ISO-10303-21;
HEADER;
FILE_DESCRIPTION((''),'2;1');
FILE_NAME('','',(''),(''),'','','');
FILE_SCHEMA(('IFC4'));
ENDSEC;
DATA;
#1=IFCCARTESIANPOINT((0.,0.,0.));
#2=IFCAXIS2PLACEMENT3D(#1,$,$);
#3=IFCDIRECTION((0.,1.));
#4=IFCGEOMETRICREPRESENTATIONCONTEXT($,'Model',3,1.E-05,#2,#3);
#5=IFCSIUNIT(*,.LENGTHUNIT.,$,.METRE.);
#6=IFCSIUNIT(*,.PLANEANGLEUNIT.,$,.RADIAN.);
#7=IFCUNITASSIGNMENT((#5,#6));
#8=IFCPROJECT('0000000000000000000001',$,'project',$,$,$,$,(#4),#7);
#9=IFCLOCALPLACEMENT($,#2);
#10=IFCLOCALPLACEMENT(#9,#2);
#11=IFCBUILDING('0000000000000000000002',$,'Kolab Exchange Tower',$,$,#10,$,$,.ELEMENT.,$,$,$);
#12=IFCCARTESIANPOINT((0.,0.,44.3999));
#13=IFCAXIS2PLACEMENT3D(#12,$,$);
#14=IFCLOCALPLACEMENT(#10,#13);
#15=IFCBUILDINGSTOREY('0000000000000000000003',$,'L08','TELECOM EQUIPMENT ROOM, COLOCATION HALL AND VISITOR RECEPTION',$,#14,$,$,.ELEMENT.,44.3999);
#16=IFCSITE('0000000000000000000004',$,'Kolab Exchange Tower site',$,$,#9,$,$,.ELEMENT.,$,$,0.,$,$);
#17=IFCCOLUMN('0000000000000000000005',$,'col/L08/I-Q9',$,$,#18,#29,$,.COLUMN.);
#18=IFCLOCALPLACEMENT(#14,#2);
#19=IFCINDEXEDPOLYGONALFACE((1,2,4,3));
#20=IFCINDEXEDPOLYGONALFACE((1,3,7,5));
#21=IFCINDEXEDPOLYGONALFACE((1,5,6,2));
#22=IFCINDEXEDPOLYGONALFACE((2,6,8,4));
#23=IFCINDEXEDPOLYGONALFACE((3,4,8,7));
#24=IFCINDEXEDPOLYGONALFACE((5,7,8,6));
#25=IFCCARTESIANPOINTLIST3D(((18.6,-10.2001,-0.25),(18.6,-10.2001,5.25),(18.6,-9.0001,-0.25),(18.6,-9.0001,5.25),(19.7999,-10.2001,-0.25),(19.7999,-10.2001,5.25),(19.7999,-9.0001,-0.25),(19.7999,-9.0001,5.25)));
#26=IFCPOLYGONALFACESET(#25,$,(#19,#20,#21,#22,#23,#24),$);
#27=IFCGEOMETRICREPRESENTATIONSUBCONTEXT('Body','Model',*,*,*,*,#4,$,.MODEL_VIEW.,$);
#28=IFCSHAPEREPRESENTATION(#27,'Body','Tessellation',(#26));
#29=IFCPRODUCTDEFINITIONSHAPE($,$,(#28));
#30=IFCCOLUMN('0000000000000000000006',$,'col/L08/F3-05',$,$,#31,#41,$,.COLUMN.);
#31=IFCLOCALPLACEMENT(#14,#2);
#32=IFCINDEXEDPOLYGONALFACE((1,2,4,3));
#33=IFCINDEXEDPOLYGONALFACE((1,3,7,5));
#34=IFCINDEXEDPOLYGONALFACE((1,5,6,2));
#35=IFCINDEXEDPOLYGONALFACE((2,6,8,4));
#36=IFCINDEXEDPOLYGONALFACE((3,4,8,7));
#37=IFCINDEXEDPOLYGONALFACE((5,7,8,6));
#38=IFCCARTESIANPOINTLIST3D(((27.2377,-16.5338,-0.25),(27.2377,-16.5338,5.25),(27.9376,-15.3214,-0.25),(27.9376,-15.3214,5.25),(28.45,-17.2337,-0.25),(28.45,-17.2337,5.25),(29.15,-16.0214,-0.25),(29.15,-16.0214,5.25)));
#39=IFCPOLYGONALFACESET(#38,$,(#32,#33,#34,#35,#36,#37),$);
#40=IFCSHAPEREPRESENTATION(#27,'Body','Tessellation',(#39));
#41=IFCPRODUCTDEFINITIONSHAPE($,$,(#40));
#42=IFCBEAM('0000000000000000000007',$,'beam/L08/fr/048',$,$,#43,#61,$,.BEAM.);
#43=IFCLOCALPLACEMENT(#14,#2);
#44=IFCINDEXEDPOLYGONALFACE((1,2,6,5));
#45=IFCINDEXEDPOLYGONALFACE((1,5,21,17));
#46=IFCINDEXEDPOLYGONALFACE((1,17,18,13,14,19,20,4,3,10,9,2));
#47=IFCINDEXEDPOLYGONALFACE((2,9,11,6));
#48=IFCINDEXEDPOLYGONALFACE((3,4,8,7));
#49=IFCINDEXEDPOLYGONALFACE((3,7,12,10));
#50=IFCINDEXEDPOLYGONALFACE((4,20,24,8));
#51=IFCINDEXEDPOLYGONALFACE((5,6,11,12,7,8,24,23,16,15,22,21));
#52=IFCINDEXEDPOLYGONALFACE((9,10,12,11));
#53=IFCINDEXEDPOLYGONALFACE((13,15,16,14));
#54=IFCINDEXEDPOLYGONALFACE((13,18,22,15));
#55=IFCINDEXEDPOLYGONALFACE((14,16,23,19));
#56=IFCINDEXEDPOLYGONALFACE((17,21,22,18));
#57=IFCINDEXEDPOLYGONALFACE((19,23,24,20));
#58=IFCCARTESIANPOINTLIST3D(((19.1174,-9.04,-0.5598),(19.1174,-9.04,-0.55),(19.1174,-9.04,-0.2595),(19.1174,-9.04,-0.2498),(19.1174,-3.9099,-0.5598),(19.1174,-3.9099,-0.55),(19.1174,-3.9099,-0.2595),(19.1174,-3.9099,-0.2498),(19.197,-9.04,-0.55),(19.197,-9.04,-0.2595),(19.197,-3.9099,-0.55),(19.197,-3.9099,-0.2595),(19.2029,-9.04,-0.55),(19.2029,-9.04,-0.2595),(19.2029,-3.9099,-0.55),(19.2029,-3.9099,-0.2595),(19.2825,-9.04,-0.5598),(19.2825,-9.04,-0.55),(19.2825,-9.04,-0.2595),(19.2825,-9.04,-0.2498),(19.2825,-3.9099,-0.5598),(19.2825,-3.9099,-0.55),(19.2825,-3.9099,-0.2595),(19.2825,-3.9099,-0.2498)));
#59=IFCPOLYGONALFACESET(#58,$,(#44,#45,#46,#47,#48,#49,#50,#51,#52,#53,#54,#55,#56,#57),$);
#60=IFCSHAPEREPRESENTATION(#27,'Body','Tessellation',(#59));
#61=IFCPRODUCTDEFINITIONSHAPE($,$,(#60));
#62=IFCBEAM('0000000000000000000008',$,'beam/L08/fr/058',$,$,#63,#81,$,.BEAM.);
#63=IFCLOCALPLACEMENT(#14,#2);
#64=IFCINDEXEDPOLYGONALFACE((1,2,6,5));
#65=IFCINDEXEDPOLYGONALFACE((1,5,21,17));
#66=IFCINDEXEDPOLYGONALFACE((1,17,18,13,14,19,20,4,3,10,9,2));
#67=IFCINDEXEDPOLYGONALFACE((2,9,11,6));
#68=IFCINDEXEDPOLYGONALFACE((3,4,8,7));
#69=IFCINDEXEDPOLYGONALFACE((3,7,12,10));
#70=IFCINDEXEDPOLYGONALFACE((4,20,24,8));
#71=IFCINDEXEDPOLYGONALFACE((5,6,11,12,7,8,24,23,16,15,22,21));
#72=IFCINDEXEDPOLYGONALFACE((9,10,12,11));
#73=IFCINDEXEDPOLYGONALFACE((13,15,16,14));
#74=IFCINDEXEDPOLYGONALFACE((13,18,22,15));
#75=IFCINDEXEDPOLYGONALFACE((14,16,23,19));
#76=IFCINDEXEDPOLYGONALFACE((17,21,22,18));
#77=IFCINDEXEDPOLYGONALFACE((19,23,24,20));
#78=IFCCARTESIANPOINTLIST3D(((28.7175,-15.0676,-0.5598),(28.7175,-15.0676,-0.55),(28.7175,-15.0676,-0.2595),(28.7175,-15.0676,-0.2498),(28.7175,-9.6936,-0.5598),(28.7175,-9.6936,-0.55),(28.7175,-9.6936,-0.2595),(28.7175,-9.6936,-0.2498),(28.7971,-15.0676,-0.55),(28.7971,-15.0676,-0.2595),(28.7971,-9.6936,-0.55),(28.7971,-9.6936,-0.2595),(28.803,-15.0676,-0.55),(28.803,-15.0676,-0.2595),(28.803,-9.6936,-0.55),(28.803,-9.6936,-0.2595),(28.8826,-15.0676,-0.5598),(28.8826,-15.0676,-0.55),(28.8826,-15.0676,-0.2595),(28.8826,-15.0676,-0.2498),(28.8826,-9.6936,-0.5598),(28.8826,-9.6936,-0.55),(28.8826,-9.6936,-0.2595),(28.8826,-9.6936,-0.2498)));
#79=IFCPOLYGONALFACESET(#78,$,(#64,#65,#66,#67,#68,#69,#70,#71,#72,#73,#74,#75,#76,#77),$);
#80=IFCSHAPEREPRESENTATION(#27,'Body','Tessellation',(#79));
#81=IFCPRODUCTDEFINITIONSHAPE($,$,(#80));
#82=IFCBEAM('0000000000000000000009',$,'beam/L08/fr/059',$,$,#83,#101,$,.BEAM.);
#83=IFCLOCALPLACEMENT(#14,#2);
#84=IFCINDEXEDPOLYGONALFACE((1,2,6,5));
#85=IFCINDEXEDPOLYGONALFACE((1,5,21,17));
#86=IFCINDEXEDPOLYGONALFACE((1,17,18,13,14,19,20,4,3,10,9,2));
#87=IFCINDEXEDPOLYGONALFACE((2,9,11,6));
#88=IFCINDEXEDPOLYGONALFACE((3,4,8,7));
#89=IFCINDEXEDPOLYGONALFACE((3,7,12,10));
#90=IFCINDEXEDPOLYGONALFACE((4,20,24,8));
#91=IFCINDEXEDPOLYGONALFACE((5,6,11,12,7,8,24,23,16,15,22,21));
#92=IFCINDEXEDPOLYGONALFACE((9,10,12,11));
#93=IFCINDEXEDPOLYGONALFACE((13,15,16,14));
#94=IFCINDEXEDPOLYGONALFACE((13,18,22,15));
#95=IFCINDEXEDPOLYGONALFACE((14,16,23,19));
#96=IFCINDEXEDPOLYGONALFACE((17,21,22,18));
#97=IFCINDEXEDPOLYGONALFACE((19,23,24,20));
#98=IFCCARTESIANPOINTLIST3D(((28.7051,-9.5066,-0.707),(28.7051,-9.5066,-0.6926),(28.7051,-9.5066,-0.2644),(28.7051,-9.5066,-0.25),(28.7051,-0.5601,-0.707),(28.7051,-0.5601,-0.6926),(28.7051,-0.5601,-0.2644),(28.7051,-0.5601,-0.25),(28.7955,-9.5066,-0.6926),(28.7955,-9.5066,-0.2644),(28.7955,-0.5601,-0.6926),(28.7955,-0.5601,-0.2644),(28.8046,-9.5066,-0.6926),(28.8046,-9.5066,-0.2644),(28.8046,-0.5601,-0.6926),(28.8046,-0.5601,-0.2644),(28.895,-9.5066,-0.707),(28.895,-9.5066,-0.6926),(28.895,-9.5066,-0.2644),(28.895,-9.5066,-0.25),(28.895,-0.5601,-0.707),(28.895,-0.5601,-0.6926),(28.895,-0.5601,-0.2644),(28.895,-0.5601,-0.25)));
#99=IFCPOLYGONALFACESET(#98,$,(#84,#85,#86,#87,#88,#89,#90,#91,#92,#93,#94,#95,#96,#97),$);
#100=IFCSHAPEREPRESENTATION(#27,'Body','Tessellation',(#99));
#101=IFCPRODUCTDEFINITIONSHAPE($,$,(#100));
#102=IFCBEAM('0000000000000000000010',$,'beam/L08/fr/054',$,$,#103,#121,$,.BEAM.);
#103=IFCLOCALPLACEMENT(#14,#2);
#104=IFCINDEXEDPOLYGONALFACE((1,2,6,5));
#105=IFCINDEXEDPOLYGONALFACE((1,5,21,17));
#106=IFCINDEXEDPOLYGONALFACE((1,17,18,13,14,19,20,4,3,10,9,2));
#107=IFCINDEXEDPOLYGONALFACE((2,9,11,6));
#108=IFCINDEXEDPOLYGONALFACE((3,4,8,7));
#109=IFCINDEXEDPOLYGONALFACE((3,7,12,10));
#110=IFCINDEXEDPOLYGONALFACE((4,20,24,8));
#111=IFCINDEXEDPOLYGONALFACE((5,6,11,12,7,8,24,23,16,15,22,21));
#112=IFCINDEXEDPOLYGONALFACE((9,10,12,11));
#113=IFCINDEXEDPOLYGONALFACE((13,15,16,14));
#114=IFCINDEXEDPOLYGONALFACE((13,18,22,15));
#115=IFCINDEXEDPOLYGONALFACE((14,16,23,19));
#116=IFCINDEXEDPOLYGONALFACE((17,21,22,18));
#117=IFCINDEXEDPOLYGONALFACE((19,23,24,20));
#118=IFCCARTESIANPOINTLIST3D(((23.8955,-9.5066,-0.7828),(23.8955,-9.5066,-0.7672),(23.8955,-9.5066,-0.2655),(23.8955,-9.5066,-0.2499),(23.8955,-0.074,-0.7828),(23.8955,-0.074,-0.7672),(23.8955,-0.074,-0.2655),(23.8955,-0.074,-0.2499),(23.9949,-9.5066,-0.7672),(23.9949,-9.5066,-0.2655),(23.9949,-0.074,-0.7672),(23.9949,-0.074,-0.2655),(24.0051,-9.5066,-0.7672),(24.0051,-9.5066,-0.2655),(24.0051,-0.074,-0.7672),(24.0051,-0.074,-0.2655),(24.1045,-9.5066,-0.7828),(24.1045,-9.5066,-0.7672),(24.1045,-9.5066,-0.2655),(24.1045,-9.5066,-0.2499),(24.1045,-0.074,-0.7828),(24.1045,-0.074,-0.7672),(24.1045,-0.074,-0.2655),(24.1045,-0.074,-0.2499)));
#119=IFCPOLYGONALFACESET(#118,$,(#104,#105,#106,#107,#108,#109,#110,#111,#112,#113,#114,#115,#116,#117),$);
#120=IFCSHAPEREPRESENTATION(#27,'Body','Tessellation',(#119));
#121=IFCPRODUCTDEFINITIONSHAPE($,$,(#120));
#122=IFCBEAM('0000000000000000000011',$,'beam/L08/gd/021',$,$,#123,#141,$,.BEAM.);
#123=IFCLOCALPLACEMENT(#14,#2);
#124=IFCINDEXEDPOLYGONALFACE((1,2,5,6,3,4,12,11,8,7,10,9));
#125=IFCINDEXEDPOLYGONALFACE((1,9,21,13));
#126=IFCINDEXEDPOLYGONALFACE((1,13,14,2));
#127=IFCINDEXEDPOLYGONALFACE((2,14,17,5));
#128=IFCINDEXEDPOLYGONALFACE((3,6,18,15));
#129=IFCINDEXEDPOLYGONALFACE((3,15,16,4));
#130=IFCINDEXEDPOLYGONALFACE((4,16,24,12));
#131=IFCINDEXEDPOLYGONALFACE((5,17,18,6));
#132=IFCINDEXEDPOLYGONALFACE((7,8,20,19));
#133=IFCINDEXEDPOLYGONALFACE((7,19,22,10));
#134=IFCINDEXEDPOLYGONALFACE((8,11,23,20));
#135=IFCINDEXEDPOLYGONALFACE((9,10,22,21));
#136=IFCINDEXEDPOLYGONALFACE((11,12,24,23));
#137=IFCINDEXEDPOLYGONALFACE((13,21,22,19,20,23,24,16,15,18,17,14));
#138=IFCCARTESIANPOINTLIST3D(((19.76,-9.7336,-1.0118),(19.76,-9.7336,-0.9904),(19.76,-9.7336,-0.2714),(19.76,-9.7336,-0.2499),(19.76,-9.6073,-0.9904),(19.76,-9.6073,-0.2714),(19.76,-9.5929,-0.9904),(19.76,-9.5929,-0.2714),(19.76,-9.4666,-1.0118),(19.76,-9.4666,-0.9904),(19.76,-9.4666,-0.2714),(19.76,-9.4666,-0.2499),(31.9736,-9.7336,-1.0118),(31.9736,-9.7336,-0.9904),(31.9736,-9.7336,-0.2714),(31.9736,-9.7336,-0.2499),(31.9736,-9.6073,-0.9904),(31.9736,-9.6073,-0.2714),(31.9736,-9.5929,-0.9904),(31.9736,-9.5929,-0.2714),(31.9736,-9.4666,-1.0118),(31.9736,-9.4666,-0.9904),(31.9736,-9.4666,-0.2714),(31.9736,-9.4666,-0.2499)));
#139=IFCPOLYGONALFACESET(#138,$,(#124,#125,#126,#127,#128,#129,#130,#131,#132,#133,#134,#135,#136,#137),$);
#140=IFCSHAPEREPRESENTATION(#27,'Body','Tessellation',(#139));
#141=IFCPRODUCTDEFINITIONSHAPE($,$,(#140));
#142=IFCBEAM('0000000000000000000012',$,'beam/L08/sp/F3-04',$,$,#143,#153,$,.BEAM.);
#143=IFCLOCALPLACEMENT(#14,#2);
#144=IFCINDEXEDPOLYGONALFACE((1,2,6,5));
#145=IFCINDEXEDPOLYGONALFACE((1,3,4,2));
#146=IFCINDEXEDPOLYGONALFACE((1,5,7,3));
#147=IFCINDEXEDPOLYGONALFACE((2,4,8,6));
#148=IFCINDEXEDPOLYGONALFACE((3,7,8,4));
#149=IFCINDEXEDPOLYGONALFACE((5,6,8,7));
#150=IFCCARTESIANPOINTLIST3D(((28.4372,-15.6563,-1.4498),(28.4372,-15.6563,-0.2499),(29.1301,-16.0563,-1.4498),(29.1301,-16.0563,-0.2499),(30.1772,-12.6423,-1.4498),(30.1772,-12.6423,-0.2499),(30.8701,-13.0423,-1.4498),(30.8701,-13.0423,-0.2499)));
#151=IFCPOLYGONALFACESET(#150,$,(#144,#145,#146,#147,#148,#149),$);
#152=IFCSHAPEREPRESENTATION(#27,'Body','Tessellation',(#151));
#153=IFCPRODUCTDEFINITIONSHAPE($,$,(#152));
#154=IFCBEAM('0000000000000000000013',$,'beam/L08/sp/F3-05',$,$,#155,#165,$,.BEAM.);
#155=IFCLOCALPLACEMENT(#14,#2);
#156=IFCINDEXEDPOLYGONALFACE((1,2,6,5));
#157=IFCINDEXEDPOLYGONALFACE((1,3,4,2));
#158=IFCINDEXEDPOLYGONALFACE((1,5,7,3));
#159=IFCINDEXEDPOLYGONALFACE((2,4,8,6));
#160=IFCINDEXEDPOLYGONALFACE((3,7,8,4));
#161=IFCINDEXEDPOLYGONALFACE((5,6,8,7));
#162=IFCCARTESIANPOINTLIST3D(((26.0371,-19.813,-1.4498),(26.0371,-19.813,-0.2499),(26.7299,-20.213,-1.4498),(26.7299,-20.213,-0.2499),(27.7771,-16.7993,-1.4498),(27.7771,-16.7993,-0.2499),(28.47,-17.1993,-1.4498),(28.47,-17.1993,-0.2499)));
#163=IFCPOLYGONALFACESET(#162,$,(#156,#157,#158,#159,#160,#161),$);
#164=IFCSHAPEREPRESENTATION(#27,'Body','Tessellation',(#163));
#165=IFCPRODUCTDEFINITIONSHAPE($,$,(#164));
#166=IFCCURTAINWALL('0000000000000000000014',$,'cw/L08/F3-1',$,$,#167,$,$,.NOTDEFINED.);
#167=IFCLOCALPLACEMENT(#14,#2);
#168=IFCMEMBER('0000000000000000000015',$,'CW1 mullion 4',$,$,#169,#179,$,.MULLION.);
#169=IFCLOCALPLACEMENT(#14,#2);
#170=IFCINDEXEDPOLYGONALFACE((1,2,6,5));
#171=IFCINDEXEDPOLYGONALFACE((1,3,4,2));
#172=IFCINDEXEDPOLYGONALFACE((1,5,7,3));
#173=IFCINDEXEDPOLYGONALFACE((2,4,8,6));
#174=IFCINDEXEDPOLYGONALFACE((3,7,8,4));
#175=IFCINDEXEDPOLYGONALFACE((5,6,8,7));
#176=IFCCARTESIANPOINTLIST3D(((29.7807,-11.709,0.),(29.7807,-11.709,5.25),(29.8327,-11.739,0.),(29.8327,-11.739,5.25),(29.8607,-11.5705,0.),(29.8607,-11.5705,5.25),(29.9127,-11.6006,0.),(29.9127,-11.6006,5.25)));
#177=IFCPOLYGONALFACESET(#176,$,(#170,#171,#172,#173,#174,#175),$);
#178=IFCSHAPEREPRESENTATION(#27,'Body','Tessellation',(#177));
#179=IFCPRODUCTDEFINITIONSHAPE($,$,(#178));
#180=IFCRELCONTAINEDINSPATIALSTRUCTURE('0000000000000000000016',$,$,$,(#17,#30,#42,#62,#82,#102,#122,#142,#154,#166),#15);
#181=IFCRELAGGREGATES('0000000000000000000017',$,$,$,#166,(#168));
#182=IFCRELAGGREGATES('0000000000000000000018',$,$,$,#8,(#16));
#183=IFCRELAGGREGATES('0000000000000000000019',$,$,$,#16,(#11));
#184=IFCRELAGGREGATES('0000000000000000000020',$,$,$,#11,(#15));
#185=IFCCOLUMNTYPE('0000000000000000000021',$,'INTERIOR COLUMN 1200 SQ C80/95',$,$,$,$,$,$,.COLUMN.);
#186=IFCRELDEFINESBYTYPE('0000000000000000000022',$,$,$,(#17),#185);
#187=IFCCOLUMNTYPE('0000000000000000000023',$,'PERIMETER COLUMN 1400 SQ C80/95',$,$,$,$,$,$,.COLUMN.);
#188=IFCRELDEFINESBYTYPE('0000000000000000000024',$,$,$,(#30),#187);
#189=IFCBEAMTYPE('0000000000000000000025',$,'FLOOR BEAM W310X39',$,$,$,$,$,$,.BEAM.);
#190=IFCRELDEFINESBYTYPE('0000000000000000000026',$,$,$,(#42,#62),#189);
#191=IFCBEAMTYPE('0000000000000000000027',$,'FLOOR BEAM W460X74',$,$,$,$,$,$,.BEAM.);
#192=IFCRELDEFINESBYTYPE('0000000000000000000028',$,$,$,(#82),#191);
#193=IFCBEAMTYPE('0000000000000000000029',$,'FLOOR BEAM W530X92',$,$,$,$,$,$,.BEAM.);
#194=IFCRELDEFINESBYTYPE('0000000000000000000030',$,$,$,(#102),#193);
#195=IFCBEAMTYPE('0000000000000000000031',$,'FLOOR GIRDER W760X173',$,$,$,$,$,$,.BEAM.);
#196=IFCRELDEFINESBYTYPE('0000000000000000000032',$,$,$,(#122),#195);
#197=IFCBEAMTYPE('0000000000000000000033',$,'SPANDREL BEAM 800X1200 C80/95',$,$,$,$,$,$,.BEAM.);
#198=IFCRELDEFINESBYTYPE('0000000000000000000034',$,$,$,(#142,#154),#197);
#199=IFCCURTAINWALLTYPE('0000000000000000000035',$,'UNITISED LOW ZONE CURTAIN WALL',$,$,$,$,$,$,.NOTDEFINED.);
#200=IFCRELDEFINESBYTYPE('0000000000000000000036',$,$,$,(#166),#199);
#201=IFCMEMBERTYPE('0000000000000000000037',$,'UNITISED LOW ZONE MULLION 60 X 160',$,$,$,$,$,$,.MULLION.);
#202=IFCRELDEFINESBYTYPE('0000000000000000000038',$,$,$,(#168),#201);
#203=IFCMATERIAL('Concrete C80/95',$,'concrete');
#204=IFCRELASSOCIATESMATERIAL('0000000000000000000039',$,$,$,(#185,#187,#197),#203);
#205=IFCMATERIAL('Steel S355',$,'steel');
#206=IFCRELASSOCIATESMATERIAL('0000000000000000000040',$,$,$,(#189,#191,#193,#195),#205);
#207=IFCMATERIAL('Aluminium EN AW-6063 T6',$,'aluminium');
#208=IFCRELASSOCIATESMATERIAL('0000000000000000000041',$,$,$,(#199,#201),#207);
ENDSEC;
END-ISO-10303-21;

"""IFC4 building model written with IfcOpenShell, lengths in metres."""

from ifc_helpers import new_model, si_unit, direction, frame, origin, origin_2d, place, context, subcontext, project, spatial, rectangle, i_section, extrude, material, material_profile, profile_set, type_object, element, aggregate, save


model = new_model("IFC4")

# Units and contexts
model_context = context("Model", 3, precision=1e-05, world=origin(), true_north=direction((0.0, 1.0)))
body_context = subcontext(model_context, "Body", "Model", "MODEL_VIEW")
ifc_project = project(units=[si_unit("LENGTHUNIT", "METRE"), si_unit("PLANEANGLEUNIT", "RADIAN")], contexts=[model_context])

# Site, building, storey
site_placement = place(None, origin())
site = spatial("IfcSite", under=ifc_project, at=site_placement, Name="Kolab Exchange Tower site", CompositionType="ELEMENT", RefElevation=0.0)
building_placement = place(site_placement, origin())
building = spatial("IfcBuilding", under=site, at=building_placement, Name="Kolab Exchange Tower", CompositionType="ELEMENT")
storey_placement = place(building_placement, frame((0.0, 0.0, 44.3999)))
storey = spatial("IfcBuildingStorey", under=building, at=storey_placement, Name="L08", Description="TELECOM EQUIPMENT ROOM, COLOCATION HALL AND VISITOR RECEPTION", CompositionType="ELEMENT", Elevation=44.3999)

# Columns
ifc_material_1 = material(Name="Concrete C80/95", Category="concrete")
ifc_material_profile_1 = material_profile(ifc_material_1, rectangle(XDim=1.2, YDim=1.2, at=origin_2d()), Name="RC1200")
ifc_profile_set_1 = profile_set([ifc_material_profile_1], Name="Concrete C80/95")
column_type_1 = type_object("IfcColumnType", Name="INTERIOR COLUMN 1200 SQ C80/95", PredefinedType="COLUMN", material=ifc_profile_set_1)
column_1_placement = place(storey_placement, frame((19.2, -9.6001, -0.25), z_axis=(0.0, 0.0, 1.0), x_axis=(1.0, 0.0, 0.0)))
element("IfcColumn", 1, at=column_1_placement, inside=storey, type_object=column_type_1, Name="col/L08/I-Q9", PredefinedType="COLUMN", context=body_context, shape_type="SweptSolid", body=[
    extrude(rectangle(XDim=1.2, YDim=1.2, at=origin_2d()), origin(), (0.0, 0.0, 1.0), 5.5),
])
ifc_material_profile_2 = material_profile(ifc_material_1, rectangle(XDim=1.3999, YDim=1.3999, at=origin_2d()), Name="RC1400")
ifc_profile_set_2 = profile_set([ifc_material_profile_2], Name="Concrete C80/95")
column_type_2 = type_object("IfcColumnType", Name="PERIMETER COLUMN 1400 SQ C80/95", PredefinedType="COLUMN", material=ifc_profile_set_2)
column_2_placement = place(storey_placement, frame((28.1938, -16.2776, -0.25), z_axis=(0.0, 0.0, 1.0), x_axis=(0.5, 0.866025, 0.0)))
element("IfcColumn", 2, at=column_2_placement, inside=storey, type_object=column_type_2, Name="col/L08/F3-05", PredefinedType="COLUMN", context=body_context, shape_type="SweptSolid", body=[
    extrude(rectangle(XDim=1.3999, YDim=1.3999, at=origin_2d()), origin(), (0.0, 0.0, 1.0), 5.5),
])

# Beams
ifc_material_2 = material(Name="Steel S355", Category="steel")
ifc_material_profile_3 = material_profile(ifc_material_2, i_section(OverallWidth=0.165, OverallDepth=0.3101, WebThickness=0.0059, FlangeThickness=0.0098, at=origin_2d()), Name="W310X39")
ifc_profile_set_3 = profile_set([ifc_material_profile_3], Name="Steel S355")
beam_type_1 = type_object("IfcBeamType", Name="FLOOR BEAM W310X39", PredefinedType="BEAM", material=ifc_profile_set_3)
beam_1_placement = place(storey_placement, frame((19.2, -9.04, -0.4048), z_axis=(0.0, 1.0, 0.0), x_axis=(-1.0, 0.0, 0.0)))
element("IfcBeam", 3, at=beam_1_placement, inside=storey, type_object=beam_type_1, Name="beam/L08/fr/048", PredefinedType="BEAM", context=body_context, shape_type="SweptSolid", body=[
    extrude(i_section(OverallWidth=0.165, OverallDepth=0.3101, WebThickness=0.0059, FlangeThickness=0.0098, at=origin_2d()), origin(), (0.0, 0.0, 1.0), 5.1301),
])
beam_2_placement = place(storey_placement, frame((28.8, -15.0676, -0.4048), z_axis=(0.0, 1.0, 0.0), x_axis=(-1.0, 0.0, 0.0)))
element("IfcBeam", 4, at=beam_2_placement, inside=storey, type_object=beam_type_1, Name="beam/L08/fr/058", PredefinedType="BEAM", context=body_context, shape_type="SweptSolid", body=[
    extrude(i_section(OverallWidth=0.165, OverallDepth=0.3101, WebThickness=0.0059, FlangeThickness=0.0098, at=origin_2d()), origin(), (0.0, 0.0, 1.0), 5.374),
])
ifc_material_profile_4 = material_profile(ifc_material_2, i_section(OverallWidth=0.1899, OverallDepth=0.457, WebThickness=0.009, FlangeThickness=0.0144, at=origin_2d()), Name="W460X74")
ifc_profile_set_4 = profile_set([ifc_material_profile_4], Name="Steel S355")
beam_type_2 = type_object("IfcBeamType", Name="FLOOR BEAM W460X74", PredefinedType="BEAM", material=ifc_profile_set_4)
beam_3_placement = place(storey_placement, frame((28.8, -9.5066, -0.4785), z_axis=(0.0, 1.0, 0.0), x_axis=(-1.0, 0.0, 0.0)))
element("IfcBeam", 5, at=beam_3_placement, inside=storey, type_object=beam_type_2, Name="beam/L08/fr/059", PredefinedType="BEAM", context=body_context, shape_type="SweptSolid", body=[
    extrude(i_section(OverallWidth=0.1899, OverallDepth=0.457, WebThickness=0.009, FlangeThickness=0.0144, at=origin_2d()), origin(), (0.0, 0.0, 1.0), 8.9465),
])
ifc_material_profile_5 = material_profile(ifc_material_2, i_section(OverallWidth=0.209, OverallDepth=0.533, WebThickness=0.0103, FlangeThickness=0.0156, at=origin_2d()), Name="W530X92")
ifc_profile_set_5 = profile_set([ifc_material_profile_5], Name="Steel S355")
beam_type_3 = type_object("IfcBeamType", Name="FLOOR BEAM W530X92", PredefinedType="BEAM", material=ifc_profile_set_5)
beam_4_placement = place(storey_placement, frame((24.0, -9.5066, -0.5164), z_axis=(0.0, 1.0, 0.0), x_axis=(-1.0, 0.0, 0.0)))
element("IfcBeam", 6, at=beam_4_placement, inside=storey, type_object=beam_type_3, Name="beam/L08/fr/054", PredefinedType="BEAM", context=body_context, shape_type="SweptSolid", body=[
    extrude(i_section(OverallWidth=0.209, OverallDepth=0.533, WebThickness=0.0103, FlangeThickness=0.0156, at=origin_2d()), origin(), (0.0, 0.0, 1.0), 9.4326),
])
ifc_material_profile_6 = material_profile(ifc_material_2, i_section(OverallWidth=0.2671, OverallDepth=0.762, WebThickness=0.0144, FlangeThickness=0.0215, at=origin_2d()), Name="W760X173")
ifc_profile_set_6 = profile_set([ifc_material_profile_6], Name="Steel S355")
beam_type_4 = type_object("IfcBeamType", Name="FLOOR GIRDER W760X173", PredefinedType="BEAM", material=ifc_profile_set_6)
beam_5_placement = place(storey_placement, frame((19.76, -9.6001, -0.6309), z_axis=(1.0, 0.0, 0.0), x_axis=(0.0, 1.0, 0.0)))
element("IfcBeam", 7, at=beam_5_placement, inside=storey, type_object=beam_type_4, Name="beam/L08/gd/021", PredefinedType="BEAM", context=body_context, shape_type="SweptSolid", body=[
    extrude(i_section(OverallWidth=0.2671, OverallDepth=0.762, WebThickness=0.0144, FlangeThickness=0.0215, at=origin_2d()), origin(), (0.0, 0.0, 1.0), 12.2136),
])
ifc_material_profile_7 = material_profile(ifc_material_1, rectangle(XDim=0.8, YDim=1.2, at=origin_2d()), Name="RC800X1200")
ifc_profile_set_7 = profile_set([ifc_material_profile_7], Name="Concrete C80/95")
beam_type_5 = type_object("IfcBeamType", Name="SPANDREL BEAM 800X1200 C80/95", PredefinedType="BEAM", material=ifc_profile_set_7)
beam_6_placement = place(storey_placement, frame((30.5237, -12.8423, -0.8499), z_axis=(-0.49998, -0.866037, 0.0), x_axis=(0.866037, -0.49998, 0.0)))
element("IfcBeam", 8, at=beam_6_placement, inside=storey, type_object=beam_type_5, Name="beam/L08/sp/F3-04", PredefinedType="BEAM", context=body_context, shape_type="SweptSolid", body=[
    extrude(rectangle(XDim=0.8, YDim=1.2, at=origin_2d()), origin(), (0.0, 0.0, 1.0), 3.4802),
])
beam_7_placement = place(storey_placement, frame((28.1235, -16.9993, -0.8499), z_axis=(-0.50001, -0.86602, 0.0), x_axis=(0.86602, -0.50001, 0.0)))
element("IfcBeam", 9, at=beam_7_placement, inside=storey, type_object=beam_type_5, Name="beam/L08/sp/F3-05", PredefinedType="BEAM", context=body_context, shape_type="SweptSolid", body=[
    extrude(rectangle(XDim=0.8, YDim=1.2, at=origin_2d()), origin(), (0.0, 0.0, 1.0), 3.48),
])

# Curtain wall, member
ifc_material_3 = material(Name="Aluminium EN AW-6063 T6", Category="aluminium")
curtain_wall_type = type_object("IfcCurtainWallType", Name="UNITISED LOW ZONE CURTAIN WALL", PredefinedType="NOTDEFINED", material=ifc_material_3)
curtain_wall_1_placement = place(storey_placement, origin())
curtain_wall_1 = element("IfcCurtainWall", 10, at=curtain_wall_1_placement, inside=storey, type_object=curtain_wall_type, Name="cw/L08/F3-1", PredefinedType="NOTDEFINED")
ifc_material_profile_8 = material_profile(ifc_material_3, rectangle(XDim=0.0601, YDim=0.1599, at=origin_2d()), Name="RECT 60X160")
ifc_profile_set_8 = profile_set([ifc_material_profile_8], Name="Aluminium EN AW-6063 T6")
member_type_1 = type_object("IfcMemberType", Name="UNITISED LOW ZONE MULLION 60 X 160", PredefinedType="MULLION", material=ifc_profile_set_8)
member_1_placement = place(storey_placement, frame((29.8467, -11.6548, 0.0), z_axis=(0.0, 0.0, 1.0), x_axis=(0.866025, -0.5, 0.0)))
member_1 = element("IfcMember", 11, at=member_1_placement, type_object=member_type_1, Name="CW1 mullion 4", PredefinedType="MULLION", context=body_context, shape_type="SweptSolid", body=[
    extrude(rectangle(XDim=0.0601, YDim=0.1599, at=origin_2d()), origin(), (0.0, 0.0, 1.0), 5.25),
])
aggregate(curtain_wall_1, [member_1])

save(model, "model.ifc")
